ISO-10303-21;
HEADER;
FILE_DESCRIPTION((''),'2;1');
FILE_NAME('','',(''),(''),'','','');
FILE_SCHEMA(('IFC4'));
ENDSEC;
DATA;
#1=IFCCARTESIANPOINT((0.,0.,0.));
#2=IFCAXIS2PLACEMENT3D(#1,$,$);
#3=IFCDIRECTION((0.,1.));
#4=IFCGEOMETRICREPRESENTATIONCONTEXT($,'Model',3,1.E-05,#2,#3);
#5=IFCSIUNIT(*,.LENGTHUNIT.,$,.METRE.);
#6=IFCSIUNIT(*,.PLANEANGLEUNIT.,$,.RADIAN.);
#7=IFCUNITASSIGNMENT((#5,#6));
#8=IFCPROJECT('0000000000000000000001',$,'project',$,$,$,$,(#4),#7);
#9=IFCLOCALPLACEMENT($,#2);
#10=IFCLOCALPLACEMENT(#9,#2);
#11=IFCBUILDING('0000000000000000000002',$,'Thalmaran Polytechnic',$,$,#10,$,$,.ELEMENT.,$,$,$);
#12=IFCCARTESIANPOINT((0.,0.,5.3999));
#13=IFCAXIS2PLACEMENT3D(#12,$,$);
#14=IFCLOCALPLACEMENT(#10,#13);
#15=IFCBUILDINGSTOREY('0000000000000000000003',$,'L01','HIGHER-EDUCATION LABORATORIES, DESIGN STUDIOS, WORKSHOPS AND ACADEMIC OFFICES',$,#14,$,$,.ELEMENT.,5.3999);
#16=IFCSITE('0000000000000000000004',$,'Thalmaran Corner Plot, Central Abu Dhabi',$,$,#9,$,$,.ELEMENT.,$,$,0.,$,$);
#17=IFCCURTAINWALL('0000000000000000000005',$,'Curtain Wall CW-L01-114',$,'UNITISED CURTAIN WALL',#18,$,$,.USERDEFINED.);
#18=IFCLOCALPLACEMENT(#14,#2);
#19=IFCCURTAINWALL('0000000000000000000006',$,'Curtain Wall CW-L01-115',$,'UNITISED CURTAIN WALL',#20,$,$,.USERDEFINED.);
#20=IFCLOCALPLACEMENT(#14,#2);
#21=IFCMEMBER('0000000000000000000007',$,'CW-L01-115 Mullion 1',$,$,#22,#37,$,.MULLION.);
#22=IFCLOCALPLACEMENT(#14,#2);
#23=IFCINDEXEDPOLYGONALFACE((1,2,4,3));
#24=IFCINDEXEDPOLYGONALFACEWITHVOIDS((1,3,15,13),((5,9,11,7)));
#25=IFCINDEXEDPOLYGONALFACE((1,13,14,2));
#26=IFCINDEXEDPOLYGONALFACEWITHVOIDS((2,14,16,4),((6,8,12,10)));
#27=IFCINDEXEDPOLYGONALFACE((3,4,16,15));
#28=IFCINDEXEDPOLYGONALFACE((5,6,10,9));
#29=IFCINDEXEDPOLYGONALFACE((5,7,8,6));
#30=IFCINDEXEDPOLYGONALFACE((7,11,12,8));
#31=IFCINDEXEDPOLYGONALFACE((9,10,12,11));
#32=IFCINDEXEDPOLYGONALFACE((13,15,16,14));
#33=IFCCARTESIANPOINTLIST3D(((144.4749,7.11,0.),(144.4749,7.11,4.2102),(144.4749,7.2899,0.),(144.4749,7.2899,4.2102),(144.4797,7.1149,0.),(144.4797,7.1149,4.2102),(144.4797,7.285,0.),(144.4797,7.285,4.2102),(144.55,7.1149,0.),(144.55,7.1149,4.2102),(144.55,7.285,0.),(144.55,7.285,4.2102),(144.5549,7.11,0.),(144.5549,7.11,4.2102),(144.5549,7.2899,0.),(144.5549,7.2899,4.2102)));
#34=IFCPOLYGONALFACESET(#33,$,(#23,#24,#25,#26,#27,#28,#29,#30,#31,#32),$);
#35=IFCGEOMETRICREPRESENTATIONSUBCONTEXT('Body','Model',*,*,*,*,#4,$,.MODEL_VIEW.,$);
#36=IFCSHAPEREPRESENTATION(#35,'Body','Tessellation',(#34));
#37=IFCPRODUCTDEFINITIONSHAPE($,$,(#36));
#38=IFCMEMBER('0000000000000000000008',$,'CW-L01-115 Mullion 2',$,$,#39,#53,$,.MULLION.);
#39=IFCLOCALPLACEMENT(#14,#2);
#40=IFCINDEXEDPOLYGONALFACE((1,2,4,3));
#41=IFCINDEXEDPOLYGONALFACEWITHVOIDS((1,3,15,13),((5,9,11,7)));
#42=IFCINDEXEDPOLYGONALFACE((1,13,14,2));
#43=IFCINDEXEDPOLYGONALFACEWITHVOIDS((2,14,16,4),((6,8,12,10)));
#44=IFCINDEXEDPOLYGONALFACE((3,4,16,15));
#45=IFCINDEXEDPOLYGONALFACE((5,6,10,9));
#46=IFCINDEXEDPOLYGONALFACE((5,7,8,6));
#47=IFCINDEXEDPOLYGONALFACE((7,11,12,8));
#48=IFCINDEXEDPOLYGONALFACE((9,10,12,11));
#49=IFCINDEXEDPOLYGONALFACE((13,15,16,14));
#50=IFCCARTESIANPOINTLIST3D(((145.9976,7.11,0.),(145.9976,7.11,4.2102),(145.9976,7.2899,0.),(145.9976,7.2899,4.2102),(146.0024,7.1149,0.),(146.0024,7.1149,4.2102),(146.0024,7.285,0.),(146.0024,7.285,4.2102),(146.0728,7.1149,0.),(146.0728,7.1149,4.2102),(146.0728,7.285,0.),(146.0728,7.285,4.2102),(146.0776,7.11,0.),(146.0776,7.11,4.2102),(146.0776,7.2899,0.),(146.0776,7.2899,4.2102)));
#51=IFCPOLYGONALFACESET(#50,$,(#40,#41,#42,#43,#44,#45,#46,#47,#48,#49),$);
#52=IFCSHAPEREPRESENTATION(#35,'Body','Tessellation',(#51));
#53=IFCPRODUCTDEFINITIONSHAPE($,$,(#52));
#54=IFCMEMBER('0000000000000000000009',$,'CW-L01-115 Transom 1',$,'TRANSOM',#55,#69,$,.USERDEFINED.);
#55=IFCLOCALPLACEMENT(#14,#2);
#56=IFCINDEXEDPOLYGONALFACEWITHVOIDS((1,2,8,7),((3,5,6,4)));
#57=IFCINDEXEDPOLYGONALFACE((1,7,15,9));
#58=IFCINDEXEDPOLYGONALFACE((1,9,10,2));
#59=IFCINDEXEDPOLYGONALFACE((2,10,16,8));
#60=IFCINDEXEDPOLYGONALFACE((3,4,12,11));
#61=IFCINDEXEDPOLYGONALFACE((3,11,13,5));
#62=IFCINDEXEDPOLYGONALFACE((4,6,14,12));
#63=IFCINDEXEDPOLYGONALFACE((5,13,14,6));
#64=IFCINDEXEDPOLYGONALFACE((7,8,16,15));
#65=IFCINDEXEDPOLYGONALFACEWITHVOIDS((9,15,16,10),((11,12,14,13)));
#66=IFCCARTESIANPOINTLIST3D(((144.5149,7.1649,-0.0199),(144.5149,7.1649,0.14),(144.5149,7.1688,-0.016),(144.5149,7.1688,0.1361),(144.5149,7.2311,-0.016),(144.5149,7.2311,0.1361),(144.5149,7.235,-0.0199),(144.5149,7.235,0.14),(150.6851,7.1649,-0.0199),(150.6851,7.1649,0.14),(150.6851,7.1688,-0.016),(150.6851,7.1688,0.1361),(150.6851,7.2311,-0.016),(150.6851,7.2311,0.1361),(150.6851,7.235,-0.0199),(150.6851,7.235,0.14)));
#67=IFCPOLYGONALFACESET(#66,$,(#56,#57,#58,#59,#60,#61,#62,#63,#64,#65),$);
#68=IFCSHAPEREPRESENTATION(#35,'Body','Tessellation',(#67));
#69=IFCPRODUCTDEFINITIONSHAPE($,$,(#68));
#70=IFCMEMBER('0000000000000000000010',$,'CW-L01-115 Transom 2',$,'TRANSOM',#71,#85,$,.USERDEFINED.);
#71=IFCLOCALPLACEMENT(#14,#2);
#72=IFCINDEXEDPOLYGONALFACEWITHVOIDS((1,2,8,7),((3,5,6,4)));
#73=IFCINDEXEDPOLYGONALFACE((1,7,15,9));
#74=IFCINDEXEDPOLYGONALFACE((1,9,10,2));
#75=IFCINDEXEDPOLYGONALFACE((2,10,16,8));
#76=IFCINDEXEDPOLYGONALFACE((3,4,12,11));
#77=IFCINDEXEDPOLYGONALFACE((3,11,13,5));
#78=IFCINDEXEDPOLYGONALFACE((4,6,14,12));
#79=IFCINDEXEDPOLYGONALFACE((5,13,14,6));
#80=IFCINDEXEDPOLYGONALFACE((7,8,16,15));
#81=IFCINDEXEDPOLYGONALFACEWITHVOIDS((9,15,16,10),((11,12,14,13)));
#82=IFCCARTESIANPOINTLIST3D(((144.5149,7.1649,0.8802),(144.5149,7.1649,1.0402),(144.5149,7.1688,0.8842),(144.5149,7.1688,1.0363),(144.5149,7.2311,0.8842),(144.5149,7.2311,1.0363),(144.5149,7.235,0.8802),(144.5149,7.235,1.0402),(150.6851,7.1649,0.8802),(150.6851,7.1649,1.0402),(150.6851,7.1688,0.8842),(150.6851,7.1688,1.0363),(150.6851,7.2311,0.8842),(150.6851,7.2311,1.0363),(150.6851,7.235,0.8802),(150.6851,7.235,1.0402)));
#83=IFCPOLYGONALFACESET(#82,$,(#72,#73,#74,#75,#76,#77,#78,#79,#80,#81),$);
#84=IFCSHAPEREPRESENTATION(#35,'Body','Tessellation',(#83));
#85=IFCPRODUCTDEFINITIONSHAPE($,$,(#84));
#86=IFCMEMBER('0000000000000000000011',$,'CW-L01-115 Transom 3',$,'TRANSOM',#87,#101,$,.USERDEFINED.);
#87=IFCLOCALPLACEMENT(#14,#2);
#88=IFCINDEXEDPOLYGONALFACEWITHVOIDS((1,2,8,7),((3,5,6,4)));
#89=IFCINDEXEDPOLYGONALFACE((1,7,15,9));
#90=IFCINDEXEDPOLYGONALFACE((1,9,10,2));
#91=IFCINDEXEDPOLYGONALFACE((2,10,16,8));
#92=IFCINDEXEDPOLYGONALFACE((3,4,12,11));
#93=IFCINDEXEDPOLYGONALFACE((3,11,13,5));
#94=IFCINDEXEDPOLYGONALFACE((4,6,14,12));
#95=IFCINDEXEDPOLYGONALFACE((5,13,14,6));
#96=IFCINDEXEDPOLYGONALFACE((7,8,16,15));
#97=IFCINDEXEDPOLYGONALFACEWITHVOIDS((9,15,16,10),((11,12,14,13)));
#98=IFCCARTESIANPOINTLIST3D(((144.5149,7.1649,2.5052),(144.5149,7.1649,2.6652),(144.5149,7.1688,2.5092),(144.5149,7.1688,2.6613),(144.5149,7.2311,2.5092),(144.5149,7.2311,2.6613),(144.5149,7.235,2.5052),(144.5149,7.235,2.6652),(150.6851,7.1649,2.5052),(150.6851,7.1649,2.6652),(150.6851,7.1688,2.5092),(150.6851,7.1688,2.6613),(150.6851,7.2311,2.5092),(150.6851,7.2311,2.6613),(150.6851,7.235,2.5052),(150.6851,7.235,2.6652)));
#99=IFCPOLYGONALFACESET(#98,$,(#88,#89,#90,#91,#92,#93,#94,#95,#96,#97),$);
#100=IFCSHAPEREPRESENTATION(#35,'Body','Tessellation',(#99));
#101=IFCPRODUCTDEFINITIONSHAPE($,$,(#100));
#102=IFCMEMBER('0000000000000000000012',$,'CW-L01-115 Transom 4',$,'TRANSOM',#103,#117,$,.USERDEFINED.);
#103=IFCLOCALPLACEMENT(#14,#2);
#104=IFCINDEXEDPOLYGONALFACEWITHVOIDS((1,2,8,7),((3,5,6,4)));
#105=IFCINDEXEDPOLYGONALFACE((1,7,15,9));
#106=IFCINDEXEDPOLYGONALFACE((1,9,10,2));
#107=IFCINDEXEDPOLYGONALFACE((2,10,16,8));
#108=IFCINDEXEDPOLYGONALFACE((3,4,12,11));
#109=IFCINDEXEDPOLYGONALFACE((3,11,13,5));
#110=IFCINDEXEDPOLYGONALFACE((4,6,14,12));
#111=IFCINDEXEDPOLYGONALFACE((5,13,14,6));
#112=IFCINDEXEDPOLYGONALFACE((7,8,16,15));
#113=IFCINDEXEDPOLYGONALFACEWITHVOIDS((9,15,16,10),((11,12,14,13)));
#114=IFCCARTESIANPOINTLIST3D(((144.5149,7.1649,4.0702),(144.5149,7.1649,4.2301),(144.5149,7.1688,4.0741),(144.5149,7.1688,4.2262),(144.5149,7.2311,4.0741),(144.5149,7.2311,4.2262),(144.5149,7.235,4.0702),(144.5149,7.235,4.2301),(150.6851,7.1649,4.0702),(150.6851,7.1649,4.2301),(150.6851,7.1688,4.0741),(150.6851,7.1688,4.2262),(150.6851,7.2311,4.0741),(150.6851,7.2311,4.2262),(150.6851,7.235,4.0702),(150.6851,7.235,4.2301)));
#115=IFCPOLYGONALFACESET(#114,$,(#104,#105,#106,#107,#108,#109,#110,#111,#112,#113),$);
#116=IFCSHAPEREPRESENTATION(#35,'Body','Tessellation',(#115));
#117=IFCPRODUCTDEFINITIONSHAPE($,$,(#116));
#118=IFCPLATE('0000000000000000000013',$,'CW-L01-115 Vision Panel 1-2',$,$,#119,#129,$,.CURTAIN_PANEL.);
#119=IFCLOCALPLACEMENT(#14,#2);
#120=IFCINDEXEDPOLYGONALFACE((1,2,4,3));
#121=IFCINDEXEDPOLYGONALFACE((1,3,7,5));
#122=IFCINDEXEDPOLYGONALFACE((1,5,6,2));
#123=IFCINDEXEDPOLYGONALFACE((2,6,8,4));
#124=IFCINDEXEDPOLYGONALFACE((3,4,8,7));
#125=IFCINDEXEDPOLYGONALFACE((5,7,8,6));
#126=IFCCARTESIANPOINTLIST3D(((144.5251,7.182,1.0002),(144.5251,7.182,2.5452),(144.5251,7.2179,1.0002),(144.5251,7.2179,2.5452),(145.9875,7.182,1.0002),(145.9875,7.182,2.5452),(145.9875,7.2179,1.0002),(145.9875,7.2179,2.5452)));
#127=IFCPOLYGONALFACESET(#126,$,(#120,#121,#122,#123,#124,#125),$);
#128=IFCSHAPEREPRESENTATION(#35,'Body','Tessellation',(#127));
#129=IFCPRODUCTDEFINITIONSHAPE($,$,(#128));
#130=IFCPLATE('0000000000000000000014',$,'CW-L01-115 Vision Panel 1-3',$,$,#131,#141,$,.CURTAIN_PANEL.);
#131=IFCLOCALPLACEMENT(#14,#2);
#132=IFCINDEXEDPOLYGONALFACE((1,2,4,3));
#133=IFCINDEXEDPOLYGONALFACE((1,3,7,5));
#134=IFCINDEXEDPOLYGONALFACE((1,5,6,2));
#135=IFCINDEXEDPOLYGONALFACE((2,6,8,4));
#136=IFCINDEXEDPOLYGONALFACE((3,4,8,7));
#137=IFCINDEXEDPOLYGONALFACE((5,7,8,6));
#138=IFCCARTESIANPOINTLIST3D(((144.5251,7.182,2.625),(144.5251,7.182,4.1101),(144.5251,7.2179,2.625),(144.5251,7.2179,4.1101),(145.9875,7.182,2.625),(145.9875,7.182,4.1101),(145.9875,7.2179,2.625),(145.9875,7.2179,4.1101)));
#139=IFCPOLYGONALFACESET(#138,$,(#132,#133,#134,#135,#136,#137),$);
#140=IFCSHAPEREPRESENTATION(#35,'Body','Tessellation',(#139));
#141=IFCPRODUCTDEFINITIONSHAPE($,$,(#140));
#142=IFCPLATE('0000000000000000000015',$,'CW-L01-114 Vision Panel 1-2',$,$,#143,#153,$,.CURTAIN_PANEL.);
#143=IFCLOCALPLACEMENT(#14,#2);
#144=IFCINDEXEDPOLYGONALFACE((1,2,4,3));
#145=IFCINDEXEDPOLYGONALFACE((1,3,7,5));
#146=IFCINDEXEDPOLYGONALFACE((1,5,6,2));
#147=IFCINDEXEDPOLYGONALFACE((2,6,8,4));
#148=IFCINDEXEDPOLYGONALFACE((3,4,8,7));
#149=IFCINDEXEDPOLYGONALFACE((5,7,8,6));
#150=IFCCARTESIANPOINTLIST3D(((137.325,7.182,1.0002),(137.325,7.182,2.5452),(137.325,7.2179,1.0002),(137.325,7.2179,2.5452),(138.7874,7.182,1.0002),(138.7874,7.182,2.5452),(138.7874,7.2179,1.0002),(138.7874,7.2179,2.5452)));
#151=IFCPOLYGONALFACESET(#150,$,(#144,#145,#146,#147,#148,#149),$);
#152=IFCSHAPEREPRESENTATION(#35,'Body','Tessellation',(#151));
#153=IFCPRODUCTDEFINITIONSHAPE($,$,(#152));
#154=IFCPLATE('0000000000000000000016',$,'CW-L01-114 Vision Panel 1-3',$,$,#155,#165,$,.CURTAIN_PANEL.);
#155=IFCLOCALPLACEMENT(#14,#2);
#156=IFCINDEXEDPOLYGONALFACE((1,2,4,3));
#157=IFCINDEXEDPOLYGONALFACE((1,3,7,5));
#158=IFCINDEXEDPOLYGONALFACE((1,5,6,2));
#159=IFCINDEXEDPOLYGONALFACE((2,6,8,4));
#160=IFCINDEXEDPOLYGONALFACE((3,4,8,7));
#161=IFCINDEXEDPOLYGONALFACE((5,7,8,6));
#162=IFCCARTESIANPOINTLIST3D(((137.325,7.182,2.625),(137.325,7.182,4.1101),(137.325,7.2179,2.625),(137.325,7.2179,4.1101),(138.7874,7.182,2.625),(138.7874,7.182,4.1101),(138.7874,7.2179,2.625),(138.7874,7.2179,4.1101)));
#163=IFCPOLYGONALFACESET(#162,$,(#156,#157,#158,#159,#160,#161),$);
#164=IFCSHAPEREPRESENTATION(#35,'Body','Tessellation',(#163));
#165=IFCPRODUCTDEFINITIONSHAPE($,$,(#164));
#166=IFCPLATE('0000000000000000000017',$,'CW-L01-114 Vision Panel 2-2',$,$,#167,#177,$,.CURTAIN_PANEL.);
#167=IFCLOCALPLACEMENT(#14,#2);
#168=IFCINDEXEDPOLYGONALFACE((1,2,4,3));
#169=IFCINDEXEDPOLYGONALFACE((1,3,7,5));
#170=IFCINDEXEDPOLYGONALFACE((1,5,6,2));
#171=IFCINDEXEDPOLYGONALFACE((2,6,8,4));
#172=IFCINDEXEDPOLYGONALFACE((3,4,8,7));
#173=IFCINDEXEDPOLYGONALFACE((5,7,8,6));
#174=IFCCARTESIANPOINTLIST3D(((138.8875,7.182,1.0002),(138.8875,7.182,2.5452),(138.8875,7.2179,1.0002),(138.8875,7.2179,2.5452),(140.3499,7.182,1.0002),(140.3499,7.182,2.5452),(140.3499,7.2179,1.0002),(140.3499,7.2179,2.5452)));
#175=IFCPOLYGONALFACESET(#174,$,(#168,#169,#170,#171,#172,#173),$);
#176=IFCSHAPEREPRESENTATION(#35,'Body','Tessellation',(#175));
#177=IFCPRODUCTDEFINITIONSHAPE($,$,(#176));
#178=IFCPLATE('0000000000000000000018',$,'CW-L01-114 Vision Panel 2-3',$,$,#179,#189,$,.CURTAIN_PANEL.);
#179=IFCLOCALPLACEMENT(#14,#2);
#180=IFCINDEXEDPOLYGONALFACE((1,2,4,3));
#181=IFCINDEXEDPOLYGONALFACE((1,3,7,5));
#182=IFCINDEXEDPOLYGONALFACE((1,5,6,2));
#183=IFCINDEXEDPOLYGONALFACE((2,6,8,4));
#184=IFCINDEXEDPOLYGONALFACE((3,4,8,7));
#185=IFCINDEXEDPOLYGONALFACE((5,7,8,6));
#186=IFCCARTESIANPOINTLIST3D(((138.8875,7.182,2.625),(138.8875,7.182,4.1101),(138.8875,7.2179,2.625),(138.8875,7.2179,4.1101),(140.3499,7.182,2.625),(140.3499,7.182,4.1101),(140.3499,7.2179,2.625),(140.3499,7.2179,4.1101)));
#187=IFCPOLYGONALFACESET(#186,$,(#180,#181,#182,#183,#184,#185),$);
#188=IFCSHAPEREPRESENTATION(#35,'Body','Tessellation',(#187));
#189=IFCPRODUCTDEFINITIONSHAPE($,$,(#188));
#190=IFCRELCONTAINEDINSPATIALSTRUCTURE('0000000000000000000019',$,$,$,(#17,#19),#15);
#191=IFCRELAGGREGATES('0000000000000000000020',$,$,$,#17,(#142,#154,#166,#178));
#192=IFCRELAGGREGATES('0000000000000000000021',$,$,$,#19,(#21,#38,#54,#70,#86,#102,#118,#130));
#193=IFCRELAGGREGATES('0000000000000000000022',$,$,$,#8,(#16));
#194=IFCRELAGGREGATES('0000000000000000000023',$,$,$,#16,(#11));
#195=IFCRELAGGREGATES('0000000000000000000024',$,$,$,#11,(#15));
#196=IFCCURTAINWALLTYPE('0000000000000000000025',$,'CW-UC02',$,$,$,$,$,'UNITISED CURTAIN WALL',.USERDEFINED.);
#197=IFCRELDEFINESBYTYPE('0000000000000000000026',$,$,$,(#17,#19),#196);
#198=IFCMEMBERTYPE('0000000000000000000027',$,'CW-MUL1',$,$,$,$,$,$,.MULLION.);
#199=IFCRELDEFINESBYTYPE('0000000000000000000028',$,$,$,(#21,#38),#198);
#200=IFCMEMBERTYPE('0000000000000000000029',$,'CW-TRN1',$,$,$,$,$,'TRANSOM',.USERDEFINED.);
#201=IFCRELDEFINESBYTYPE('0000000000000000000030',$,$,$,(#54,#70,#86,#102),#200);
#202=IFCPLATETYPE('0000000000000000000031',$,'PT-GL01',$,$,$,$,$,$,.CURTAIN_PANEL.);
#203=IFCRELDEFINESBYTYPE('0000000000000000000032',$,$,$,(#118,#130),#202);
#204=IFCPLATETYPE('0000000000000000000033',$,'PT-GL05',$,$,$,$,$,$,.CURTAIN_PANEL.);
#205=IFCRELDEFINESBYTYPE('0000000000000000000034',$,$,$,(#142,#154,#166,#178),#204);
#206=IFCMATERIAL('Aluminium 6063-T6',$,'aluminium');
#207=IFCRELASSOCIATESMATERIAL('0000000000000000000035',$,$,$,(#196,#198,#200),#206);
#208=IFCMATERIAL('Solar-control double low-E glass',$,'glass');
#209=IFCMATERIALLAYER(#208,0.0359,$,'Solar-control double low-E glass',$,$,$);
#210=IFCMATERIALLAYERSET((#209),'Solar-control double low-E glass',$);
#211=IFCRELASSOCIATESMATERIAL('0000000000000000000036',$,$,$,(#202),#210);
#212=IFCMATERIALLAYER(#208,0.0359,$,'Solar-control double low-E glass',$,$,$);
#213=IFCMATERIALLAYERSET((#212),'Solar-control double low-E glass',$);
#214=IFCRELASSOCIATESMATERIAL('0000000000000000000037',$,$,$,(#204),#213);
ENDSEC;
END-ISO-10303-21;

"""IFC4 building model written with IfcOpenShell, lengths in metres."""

from ifc_helpers import new_model, si_unit, direction, frame, origin, origin_2d, place, context, subcontext, project, spatial, rectangle, hollow_rectangle, extrude, material, layer, layer_set, material_profile, profile_set, type_object, element, aggregate, save


model = new_model("IFC4")

# Units and contexts
model_context = context("Model", 3, precision=1e-05, world=origin(), true_north=direction((0.0, 1.0)))
body_context = subcontext(model_context, "Body", "Model", "MODEL_VIEW")
ifc_project = project(units=[si_unit("LENGTHUNIT", "METRE"), si_unit("PLANEANGLEUNIT", "RADIAN")], contexts=[model_context])

# Site, building, storey
site_placement = place(None, origin())
site = spatial("IfcSite", under=ifc_project, at=site_placement, Name="Thalmaran Corner Plot, Central Abu Dhabi", CompositionType="ELEMENT", RefElevation=0.0)
building_placement = place(site_placement, origin())
building = spatial("IfcBuilding", under=site, at=building_placement, Name="Thalmaran Polytechnic", CompositionType="ELEMENT")
storey_placement = place(building_placement, frame((0.0, 0.0, 5.3999)))
storey = spatial("IfcBuildingStorey", under=building, at=storey_placement, Name="L01", Description="HIGHER-EDUCATION LABORATORIES, DESIGN STUDIOS, WORKSHOPS AND ACADEMIC OFFICES", CompositionType="ELEMENT", Elevation=5.3999)

# Curtain wall
ifc_material_1 = material(Name="Aluminium 6063-T6", Category="aluminium")
curtain_wall_type = type_object("IfcCurtainWallType", Name="CW-UC02", ElementType="UNITISED CURTAIN WALL", PredefinedType="USERDEFINED", material=ifc_material_1)
curtain_wall_1_placement = place(storey_placement, origin())
curtain_wall_1 = element("IfcCurtainWall", 1, at=curtain_wall_1_placement, inside=storey, type_object=curtain_wall_type, Name="Curtain Wall CW-L01-114", ObjectType="UNITISED CURTAIN WALL", PredefinedType="USERDEFINED")
ifc_material_profile_1 = material_profile(ifc_material_1, hollow_rectangle(XDim=0.0801, YDim=0.1799, WallThickness=0.0049, at=origin_2d()), Name="RHS 180x80x5.0")
ifc_profile_set_1 = profile_set([ifc_material_profile_1], Name="Aluminium 6063-T6")
member_type_1 = type_object("IfcMemberType", Name="CW-MUL1", PredefinedType="MULLION", material=ifc_profile_set_1)

# Curtain wall, members, plates
curtain_wall_2_placement = place(storey_placement, origin())
curtain_wall_2 = element("IfcCurtainWall", 2, at=curtain_wall_2_placement, inside=storey, type_object=curtain_wall_type, Name="Curtain Wall CW-L01-115", ObjectType="UNITISED CURTAIN WALL", PredefinedType="USERDEFINED")
member_1_placement = place(storey_placement, frame((144.5149, 7.2, 0.0), z_axis=(0.0, 0.0, 1.0), x_axis=(1.0, 0.0, 0.0)))
member_1 = element("IfcMember", 3, at=member_1_placement, type_object=member_type_1, Name="CW-L01-115 Mullion 1", PredefinedType="MULLION", context=body_context, shape_type="SweptSolid", body=[
    extrude(hollow_rectangle(XDim=0.0801, YDim=0.1799, WallThickness=0.0049, at=origin_2d()), origin(), (0.0, 0.0, 1.0), 4.2102),
])
member_2_placement = place(storey_placement, frame((146.0376, 7.2, 0.0), z_axis=(0.0, 0.0, 1.0), x_axis=(1.0, 0.0, 0.0)))
member_2 = element("IfcMember", 4, at=member_2_placement, type_object=member_type_1, Name="CW-L01-115 Mullion 2", PredefinedType="MULLION", context=body_context, shape_type="SweptSolid", body=[
    extrude(hollow_rectangle(XDim=0.0801, YDim=0.1799, WallThickness=0.0049, at=origin_2d()), origin(), (0.0, 0.0, 1.0), 4.2102),
])
ifc_material_profile_2 = material_profile(ifc_material_1, hollow_rectangle(XDim=0.0701, YDim=0.1599, WallThickness=0.0039, at=origin_2d()), Name="AL 160x70x4.0")
ifc_profile_set_2 = profile_set([ifc_material_profile_2], Name="Aluminium 6063-T6")
member_type_2 = type_object("IfcMemberType", Name="CW-TRN1", ElementType="TRANSOM", PredefinedType="USERDEFINED", material=ifc_profile_set_2)
member_3_placement = place(storey_placement, frame((144.5149, 7.2, 0.0601), z_axis=(1.0, 0.0, 0.0), x_axis=(0.0, 1.0, 0.0)))
member_3 = element("IfcMember", 5, at=member_3_placement, type_object=member_type_2, Name="CW-L01-115 Transom 1", ObjectType="TRANSOM", PredefinedType="USERDEFINED", context=body_context, shape_type="SweptSolid", body=[
    extrude(hollow_rectangle(XDim=0.0701, YDim=0.1599, WallThickness=0.0039, at=origin_2d()), origin(), (0.0, 0.0, 1.0), 6.1702),
])
member_4_placement = place(storey_placement, frame((144.5149, 7.2, 0.9602), z_axis=(1.0, 0.0, 0.0), x_axis=(0.0, 1.0, 0.0)))
member_4 = element("IfcMember", 6, at=member_4_placement, type_object=member_type_2, Name="CW-L01-115 Transom 2", ObjectType="TRANSOM", PredefinedType="USERDEFINED", context=body_context, shape_type="SweptSolid", body=[
    extrude(hollow_rectangle(XDim=0.0701, YDim=0.1599, WallThickness=0.0039, at=origin_2d()), origin(), (0.0, 0.0, 1.0), 6.1702),
])
member_5_placement = place(storey_placement, frame((144.5149, 7.2, 2.5852), z_axis=(1.0, 0.0, 0.0), x_axis=(0.0, 1.0, 0.0)))
member_5 = element("IfcMember", 7, at=member_5_placement, type_object=member_type_2, Name="CW-L01-115 Transom 3", ObjectType="TRANSOM", PredefinedType="USERDEFINED", context=body_context, shape_type="SweptSolid", body=[
    extrude(hollow_rectangle(XDim=0.0701, YDim=0.1599, WallThickness=0.0039, at=origin_2d()), origin(), (0.0, 0.0, 1.0), 6.1702),
])
member_6_placement = place(storey_placement, frame((144.5149, 7.2, 4.1501), z_axis=(1.0, 0.0, 0.0), x_axis=(0.0, 1.0, 0.0)))
member_6 = element("IfcMember", 8, at=member_6_placement, type_object=member_type_2, Name="CW-L01-115 Transom 4", ObjectType="TRANSOM", PredefinedType="USERDEFINED", context=body_context, shape_type="SweptSolid", body=[
    extrude(hollow_rectangle(XDim=0.0701, YDim=0.1599, WallThickness=0.0039, at=origin_2d()), origin(), (0.0, 0.0, 1.0), 6.1702),
])
ifc_material_2 = material(Name="Solar-control double low-E glass", Category="glass")
ifc_layer_1 = layer(ifc_material_2, 0.0359, Name="Solar-control double low-E glass")
ifc_layer_set_1 = layer_set([ifc_layer_1], Name="Solar-control double low-E glass")
plate_type_1 = type_object("IfcPlateType", Name="PT-GL01", PredefinedType="CURTAIN_PANEL", material=ifc_layer_set_1)
plate_1_placement = place(storey_placement, frame((145.2563, 7.2, 1.0002), z_axis=(0.0, 0.0, 1.0), x_axis=(1.0, 0.0, 0.0)))
plate_1 = element("IfcPlate", 9, at=plate_1_placement, type_object=plate_type_1, Name="CW-L01-115 Vision Panel 1-2", PredefinedType="CURTAIN_PANEL", context=body_context, shape_type="SweptSolid", body=[
    extrude(rectangle(XDim=1.4624, YDim=0.0359, at=origin_2d()), origin(), (0.0, 0.0, 1.0), 1.5449),
])
plate_2_placement = place(storey_placement, frame((145.2563, 7.2, 2.625), z_axis=(0.0, 0.0, 1.0), x_axis=(1.0, 0.0, 0.0)))
plate_2 = element("IfcPlate", 10, at=plate_2_placement, type_object=plate_type_1, Name="CW-L01-115 Vision Panel 1-3", PredefinedType="CURTAIN_PANEL", context=body_context, shape_type="SweptSolid", body=[
    extrude(rectangle(XDim=1.4624, YDim=0.0359, at=origin_2d()), origin(), (0.0, 0.0, 1.0), 1.4851),
])

# Plates
ifc_layer_2 = layer(ifc_material_2, 0.0359, Name="Solar-control double low-E glass")
ifc_layer_set_2 = layer_set([ifc_layer_2], Name="Solar-control double low-E glass")
plate_type_2 = type_object("IfcPlateType", Name="PT-GL05", PredefinedType="CURTAIN_PANEL", material=ifc_layer_set_2)
plate_3_placement = place(storey_placement, frame((138.0562, 7.2, 1.0002), z_axis=(0.0, 0.0, 1.0), x_axis=(1.0, 0.0, 0.0)))
plate_3 = element("IfcPlate", 11, at=plate_3_placement, type_object=plate_type_2, Name="CW-L01-114 Vision Panel 1-2", PredefinedType="CURTAIN_PANEL", context=body_context, shape_type="SweptSolid", body=[
    extrude(rectangle(XDim=1.4624, YDim=0.0359, at=origin_2d()), origin(), (0.0, 0.0, 1.0), 1.5449),
])
plate_4_placement = place(storey_placement, frame((138.0562, 7.2, 2.625), z_axis=(0.0, 0.0, 1.0), x_axis=(1.0, 0.0, 0.0)))
plate_4 = element("IfcPlate", 12, at=plate_4_placement, type_object=plate_type_2, Name="CW-L01-114 Vision Panel 1-3", PredefinedType="CURTAIN_PANEL", context=body_context, shape_type="SweptSolid", body=[
    extrude(rectangle(XDim=1.4624, YDim=0.0359, at=origin_2d()), origin(), (0.0, 0.0, 1.0), 1.4851),
])
plate_5_placement = place(storey_placement, frame((139.6187, 7.2, 1.0002), z_axis=(0.0, 0.0, 1.0), x_axis=(1.0, 0.0, 0.0)))
plate_5 = element("IfcPlate", 13, at=plate_5_placement, type_object=plate_type_2, Name="CW-L01-114 Vision Panel 2-2", PredefinedType="CURTAIN_PANEL", context=body_context, shape_type="SweptSolid", body=[
    extrude(rectangle(XDim=1.4624, YDim=0.0359, at=origin_2d()), origin(), (0.0, 0.0, 1.0), 1.5449),
])
plate_6_placement = place(storey_placement, frame((139.6187, 7.2, 2.625), z_axis=(0.0, 0.0, 1.0), x_axis=(1.0, 0.0, 0.0)))
plate_6 = element("IfcPlate", 14, at=plate_6_placement, type_object=plate_type_2, Name="CW-L01-114 Vision Panel 2-3", PredefinedType="CURTAIN_PANEL", context=body_context, shape_type="SweptSolid", body=[
    extrude(rectangle(XDim=1.4624, YDim=0.0359, at=origin_2d()), origin(), (0.0, 0.0, 1.0), 1.4851),
])
aggregate(curtain_wall_1, [plate_3, plate_4, plate_5, plate_6])
aggregate(curtain_wall_2, [member_1, member_2, member_3, member_4, member_5, member_6, plate_1, plate_2])

save(model, "model.ifc")
